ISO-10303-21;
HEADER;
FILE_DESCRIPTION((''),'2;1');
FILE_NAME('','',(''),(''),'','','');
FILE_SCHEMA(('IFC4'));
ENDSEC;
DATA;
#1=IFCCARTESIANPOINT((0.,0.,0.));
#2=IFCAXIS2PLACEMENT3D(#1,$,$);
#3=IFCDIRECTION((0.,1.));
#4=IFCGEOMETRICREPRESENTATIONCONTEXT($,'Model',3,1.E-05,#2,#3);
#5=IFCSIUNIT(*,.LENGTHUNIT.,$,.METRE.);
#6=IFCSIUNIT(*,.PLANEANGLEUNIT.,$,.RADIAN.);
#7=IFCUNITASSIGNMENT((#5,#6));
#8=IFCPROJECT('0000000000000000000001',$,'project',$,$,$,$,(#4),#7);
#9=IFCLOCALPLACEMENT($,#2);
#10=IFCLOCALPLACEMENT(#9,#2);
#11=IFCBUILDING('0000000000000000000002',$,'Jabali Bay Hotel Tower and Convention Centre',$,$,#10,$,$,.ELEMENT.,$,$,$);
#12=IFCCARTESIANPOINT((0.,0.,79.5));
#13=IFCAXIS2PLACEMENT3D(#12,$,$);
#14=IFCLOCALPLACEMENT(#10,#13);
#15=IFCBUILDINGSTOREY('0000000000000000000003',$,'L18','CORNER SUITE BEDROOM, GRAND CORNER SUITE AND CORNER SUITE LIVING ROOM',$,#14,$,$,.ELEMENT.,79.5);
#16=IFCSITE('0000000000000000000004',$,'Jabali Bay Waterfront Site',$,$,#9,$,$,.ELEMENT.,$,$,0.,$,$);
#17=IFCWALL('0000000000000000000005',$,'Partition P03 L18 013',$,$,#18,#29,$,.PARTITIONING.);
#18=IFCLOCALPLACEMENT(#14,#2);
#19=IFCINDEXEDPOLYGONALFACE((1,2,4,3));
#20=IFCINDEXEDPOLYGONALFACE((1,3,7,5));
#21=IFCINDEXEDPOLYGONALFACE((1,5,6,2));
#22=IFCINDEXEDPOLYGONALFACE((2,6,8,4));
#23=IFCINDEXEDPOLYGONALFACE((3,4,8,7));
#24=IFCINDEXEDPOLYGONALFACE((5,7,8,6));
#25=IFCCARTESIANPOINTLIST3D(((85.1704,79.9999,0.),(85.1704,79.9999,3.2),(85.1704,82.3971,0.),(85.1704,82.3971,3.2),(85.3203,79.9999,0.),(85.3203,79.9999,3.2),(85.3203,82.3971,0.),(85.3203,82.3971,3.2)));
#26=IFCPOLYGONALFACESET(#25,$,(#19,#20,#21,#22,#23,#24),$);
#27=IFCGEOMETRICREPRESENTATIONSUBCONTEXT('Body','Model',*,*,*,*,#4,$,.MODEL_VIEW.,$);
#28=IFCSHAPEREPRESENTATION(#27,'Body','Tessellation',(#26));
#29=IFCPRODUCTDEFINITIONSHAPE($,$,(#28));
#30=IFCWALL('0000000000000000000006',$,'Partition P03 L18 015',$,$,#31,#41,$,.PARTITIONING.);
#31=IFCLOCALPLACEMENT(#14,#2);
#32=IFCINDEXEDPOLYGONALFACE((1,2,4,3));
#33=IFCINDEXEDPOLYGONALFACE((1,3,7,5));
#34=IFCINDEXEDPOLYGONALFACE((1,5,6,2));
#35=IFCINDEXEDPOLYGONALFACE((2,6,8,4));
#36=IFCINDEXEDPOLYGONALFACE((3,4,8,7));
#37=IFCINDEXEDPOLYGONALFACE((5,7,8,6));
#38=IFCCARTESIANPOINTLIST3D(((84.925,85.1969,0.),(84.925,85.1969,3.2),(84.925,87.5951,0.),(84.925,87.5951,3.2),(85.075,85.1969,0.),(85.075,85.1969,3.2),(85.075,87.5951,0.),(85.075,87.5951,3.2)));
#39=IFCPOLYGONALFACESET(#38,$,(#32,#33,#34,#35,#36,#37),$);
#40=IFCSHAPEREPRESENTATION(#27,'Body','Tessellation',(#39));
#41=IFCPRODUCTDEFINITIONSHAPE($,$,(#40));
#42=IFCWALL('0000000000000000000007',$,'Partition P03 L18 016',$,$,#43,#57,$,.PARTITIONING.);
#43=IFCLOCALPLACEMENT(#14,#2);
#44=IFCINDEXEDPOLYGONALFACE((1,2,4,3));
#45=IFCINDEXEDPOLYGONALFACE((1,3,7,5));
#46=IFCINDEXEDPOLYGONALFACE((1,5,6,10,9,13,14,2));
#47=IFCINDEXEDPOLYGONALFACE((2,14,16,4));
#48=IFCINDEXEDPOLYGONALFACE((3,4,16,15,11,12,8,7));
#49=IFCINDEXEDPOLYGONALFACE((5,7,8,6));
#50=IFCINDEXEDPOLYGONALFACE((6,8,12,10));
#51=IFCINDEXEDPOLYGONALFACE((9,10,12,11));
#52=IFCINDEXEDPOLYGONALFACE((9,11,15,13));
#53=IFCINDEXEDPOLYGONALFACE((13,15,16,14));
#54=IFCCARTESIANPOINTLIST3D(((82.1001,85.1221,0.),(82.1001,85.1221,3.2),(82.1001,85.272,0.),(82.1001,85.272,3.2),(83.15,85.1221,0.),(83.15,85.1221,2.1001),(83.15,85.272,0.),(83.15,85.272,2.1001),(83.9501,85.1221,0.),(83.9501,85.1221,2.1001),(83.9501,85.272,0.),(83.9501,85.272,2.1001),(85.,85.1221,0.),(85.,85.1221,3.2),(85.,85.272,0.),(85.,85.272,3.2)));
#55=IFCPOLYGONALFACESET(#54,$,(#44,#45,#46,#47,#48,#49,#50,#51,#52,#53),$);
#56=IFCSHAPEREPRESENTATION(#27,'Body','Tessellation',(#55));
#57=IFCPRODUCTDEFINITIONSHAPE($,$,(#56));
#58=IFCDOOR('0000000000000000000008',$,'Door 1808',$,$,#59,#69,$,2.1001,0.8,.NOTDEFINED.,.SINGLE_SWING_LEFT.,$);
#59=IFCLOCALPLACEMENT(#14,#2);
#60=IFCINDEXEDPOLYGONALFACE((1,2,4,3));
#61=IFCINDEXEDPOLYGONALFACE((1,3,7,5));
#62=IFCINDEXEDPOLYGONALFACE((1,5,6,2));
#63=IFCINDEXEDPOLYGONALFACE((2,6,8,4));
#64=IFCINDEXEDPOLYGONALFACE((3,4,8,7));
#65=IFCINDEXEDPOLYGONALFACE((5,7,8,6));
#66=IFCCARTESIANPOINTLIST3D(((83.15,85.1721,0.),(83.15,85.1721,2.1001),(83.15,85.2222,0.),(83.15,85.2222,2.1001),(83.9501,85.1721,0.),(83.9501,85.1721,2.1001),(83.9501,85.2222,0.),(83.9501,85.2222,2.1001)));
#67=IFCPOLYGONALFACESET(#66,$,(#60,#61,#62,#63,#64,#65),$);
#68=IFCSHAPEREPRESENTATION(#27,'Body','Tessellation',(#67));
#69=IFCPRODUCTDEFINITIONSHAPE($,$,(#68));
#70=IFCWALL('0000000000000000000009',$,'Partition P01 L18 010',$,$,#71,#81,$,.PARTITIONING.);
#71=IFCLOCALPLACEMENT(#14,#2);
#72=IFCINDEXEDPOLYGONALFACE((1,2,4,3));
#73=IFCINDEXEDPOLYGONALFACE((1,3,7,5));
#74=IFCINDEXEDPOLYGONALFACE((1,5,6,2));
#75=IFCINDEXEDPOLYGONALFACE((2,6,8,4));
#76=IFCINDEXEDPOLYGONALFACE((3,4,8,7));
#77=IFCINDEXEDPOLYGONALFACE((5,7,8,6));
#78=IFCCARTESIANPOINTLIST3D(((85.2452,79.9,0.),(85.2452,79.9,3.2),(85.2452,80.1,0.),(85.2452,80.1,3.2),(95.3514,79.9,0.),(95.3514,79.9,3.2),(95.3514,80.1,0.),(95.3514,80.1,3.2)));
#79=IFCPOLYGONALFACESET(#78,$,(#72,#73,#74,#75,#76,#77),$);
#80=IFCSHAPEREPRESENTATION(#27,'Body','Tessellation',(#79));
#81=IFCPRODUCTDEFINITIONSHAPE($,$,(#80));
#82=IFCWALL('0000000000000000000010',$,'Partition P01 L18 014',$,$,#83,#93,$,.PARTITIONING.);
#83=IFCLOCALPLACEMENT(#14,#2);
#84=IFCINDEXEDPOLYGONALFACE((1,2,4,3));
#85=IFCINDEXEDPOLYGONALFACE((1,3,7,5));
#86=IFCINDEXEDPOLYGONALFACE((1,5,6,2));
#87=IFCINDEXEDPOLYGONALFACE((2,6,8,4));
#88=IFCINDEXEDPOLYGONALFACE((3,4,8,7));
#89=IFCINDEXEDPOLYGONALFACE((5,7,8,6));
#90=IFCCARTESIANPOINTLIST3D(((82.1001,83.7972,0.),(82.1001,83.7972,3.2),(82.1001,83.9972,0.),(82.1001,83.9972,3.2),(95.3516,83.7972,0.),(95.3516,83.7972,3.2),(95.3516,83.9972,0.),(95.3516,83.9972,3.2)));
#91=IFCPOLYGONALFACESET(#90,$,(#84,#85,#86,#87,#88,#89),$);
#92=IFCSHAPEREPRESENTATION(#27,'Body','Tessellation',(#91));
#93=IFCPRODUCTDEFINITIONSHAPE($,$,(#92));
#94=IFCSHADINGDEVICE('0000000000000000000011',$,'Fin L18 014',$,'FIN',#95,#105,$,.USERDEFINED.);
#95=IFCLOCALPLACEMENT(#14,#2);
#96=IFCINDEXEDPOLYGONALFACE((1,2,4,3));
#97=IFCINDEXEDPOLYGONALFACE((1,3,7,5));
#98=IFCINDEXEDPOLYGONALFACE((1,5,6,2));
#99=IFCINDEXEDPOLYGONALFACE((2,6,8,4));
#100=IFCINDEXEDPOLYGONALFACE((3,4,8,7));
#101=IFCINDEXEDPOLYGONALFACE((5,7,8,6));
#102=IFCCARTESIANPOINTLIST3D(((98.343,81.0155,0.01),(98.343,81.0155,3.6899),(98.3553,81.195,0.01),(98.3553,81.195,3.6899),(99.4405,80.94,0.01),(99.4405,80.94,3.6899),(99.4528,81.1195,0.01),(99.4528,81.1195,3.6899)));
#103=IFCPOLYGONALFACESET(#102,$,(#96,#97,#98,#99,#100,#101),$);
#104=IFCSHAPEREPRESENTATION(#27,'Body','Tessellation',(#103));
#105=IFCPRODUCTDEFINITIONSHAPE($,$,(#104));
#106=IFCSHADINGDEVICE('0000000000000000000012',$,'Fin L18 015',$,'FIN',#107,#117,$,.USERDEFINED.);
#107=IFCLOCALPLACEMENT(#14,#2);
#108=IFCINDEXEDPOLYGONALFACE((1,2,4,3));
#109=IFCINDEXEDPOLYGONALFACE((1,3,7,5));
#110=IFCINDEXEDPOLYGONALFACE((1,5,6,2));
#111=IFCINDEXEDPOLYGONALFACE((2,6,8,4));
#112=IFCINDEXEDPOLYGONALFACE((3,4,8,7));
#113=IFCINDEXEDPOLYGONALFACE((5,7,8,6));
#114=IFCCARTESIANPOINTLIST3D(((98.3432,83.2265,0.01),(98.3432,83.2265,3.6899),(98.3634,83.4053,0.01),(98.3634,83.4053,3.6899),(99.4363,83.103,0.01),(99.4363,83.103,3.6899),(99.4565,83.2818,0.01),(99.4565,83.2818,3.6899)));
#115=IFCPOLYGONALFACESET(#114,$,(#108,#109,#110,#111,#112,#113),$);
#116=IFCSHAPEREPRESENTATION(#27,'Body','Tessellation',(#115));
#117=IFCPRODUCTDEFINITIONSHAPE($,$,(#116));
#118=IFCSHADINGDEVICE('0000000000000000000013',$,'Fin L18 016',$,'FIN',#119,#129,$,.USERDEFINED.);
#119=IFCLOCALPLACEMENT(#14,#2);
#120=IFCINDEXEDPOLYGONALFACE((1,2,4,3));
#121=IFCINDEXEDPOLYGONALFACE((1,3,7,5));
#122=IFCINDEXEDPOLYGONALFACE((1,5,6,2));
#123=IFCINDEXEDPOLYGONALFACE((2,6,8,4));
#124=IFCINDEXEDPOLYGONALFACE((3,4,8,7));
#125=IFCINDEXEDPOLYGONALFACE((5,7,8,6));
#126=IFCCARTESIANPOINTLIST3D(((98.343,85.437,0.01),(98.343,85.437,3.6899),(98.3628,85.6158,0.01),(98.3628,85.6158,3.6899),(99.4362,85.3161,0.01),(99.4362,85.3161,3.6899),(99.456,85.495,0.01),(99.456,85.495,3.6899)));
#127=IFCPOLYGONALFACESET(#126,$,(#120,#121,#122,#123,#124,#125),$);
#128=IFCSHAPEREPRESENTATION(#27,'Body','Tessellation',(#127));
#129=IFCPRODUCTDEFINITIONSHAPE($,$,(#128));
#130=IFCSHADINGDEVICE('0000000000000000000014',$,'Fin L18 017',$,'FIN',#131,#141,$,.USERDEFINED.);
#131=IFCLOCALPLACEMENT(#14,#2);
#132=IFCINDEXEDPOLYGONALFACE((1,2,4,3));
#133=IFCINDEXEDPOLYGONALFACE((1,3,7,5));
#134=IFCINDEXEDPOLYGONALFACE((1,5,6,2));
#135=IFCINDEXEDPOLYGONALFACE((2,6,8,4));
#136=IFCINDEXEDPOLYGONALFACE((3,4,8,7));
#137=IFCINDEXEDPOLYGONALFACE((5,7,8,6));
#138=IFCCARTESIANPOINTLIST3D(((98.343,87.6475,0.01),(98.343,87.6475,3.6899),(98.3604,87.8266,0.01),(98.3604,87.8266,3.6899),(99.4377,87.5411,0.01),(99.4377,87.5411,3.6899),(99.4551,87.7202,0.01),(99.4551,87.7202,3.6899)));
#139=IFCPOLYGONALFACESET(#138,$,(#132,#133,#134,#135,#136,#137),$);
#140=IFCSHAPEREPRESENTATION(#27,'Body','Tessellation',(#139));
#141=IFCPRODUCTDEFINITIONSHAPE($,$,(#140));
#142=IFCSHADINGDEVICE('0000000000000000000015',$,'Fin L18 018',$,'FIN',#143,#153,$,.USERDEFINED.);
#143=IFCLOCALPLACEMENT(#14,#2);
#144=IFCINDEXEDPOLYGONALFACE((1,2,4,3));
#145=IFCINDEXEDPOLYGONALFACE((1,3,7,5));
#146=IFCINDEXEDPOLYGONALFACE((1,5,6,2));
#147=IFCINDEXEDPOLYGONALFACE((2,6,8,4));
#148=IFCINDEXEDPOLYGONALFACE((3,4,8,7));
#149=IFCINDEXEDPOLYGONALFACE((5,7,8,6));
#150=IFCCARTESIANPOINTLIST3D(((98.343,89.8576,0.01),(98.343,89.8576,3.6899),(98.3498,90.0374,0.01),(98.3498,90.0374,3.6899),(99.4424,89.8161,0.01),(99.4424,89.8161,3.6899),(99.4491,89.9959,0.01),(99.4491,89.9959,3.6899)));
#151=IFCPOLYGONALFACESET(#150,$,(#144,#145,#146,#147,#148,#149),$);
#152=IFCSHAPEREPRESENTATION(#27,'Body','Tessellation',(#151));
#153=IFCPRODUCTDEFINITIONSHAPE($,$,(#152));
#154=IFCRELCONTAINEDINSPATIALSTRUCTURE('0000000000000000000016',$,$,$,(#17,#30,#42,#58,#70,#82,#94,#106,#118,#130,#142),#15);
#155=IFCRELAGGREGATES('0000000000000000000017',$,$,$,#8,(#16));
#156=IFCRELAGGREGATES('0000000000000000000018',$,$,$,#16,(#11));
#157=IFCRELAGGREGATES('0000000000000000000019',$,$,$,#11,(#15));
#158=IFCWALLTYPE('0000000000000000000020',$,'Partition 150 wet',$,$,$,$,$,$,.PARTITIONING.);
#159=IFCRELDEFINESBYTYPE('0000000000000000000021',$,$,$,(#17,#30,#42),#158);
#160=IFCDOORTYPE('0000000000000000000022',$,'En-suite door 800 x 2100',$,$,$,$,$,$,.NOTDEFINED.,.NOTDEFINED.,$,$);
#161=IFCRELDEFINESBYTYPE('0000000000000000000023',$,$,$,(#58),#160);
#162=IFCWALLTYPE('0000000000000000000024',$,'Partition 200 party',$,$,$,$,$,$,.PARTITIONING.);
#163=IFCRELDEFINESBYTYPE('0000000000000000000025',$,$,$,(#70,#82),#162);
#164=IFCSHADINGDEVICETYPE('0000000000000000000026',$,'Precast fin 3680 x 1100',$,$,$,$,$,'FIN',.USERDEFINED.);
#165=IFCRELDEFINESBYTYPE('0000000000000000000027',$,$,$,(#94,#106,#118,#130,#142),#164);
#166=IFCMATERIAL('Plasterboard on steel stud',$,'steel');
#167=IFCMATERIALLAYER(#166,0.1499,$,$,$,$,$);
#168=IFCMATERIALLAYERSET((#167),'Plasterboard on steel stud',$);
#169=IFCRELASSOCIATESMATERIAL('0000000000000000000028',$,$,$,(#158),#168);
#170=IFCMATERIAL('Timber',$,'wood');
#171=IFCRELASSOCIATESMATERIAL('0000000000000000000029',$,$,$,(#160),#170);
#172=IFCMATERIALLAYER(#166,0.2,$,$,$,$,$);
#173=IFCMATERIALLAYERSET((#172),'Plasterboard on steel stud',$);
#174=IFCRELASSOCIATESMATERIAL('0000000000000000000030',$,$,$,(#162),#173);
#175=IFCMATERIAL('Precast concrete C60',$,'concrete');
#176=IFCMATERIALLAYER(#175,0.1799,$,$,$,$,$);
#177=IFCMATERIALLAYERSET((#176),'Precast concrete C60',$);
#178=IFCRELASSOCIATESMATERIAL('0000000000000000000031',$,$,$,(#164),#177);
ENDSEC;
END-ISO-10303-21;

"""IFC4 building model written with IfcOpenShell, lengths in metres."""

from ifc_helpers import new_model, si_unit, direction, frame, frame_2d, origin, place, context, subcontext, project, spatial, rectangle, extrude, material, layer, layer_set, type_object, element, fill, save


model = new_model("IFC4")

# Units and contexts
model_context = context("Model", 3, precision=1e-05, world=origin(), true_north=direction((0.0, 1.0)))
body_context = subcontext(model_context, "Body", "Model", "MODEL_VIEW")
ifc_project = project(units=[si_unit("LENGTHUNIT", "METRE"), si_unit("PLANEANGLEUNIT", "RADIAN")], contexts=[model_context])

# Site, building, storey
site_placement = place(None, origin())
site = spatial("IfcSite", under=ifc_project, at=site_placement, Name="Jabali Bay Waterfront Site", CompositionType="ELEMENT", RefElevation=0.0)
building_placement = place(site_placement, origin())
building = spatial("IfcBuilding", under=site, at=building_placement, Name="Jabali Bay Hotel Tower and Convention Centre", CompositionType="ELEMENT")
storey_placement = place(building_placement, frame((0.0, 0.0, 79.5)))
storey = spatial("IfcBuildingStorey", under=building, at=storey_placement, Name="L18", Description="CORNER SUITE BEDROOM, GRAND CORNER SUITE AND CORNER SUITE LIVING ROOM", CompositionType="ELEMENT", Elevation=79.5)

# Shared definitions
ifc_material_1 = material(Name="Plasterboard on steel stud", Category="steel")
ifc_layer_1 = layer(ifc_material_1, 0.1499)
ifc_layer_set_1 = layer_set([ifc_layer_1], Name="Plasterboard on steel stud")
wall_type_1 = type_object("IfcWallType", Name="Partition 150 wet", PredefinedType="PARTITIONING", material=ifc_layer_set_1)

# Shared definitions
ifc_material_2 = material(Name="Timber", Category="wood")
door_type_1 = type_object("IfcDoorType", Name="En-suite door 800 x 2100", OperationType="NOTDEFINED", PredefinedType="NOTDEFINED", material=ifc_material_2)

# Walls
wall_1_placement = place(storey_placement, frame((85.2454, 82.3972, 0.0), z_axis=(0.0, 0.0, 1.0), x_axis=(0.0, -1.0, 0.0)))
element("IfcWall", 1, at=wall_1_placement, inside=storey, type_object=wall_type_1, Name="Partition P03 L18 013", PredefinedType="PARTITIONING", context=body_context, shape_type="SweptSolid", body=[
    extrude(rectangle(XDim=2.3972, YDim=0.1499, at=frame_2d((1.1987, 0.0))), origin(), (0.0, 0.0, 1.0), 3.2),
])
wall_2_placement = place(storey_placement, frame((85.0, 87.5952, 0.0), z_axis=(0.0, 0.0, 1.0), x_axis=(0.0, -1.0, 0.0)))
element("IfcWall", 2, at=wall_2_placement, inside=storey, type_object=wall_type_1, Name="Partition P03 L18 015", PredefinedType="PARTITIONING", context=body_context, shape_type="SweptSolid", body=[
    extrude(rectangle(XDim=2.3982, YDim=0.1499, at=frame_2d((1.1992, 0.0))), origin(), (0.0, 0.0, 1.0), 3.2),
])

# Wall, opening, door
wall_3_placement = place(storey_placement, frame((85.0, 85.197, 0.0), z_axis=(0.0, 0.0, 1.0), x_axis=(-1.0, 0.0, 0.0)))
wall_3 = element("IfcWall", 3, at=wall_3_placement, inside=storey, type_object=wall_type_1, Name="Partition P03 L18 016", PredefinedType="PARTITIONING", context=body_context, shape_type="SweptSolid", body=[
    extrude(rectangle(XDim=2.8999, YDim=0.1499, at=frame_2d((1.45, 0.0))), origin(), (0.0, 0.0, 1.0), 3.2),
])
opening_1_placement = place(wall_3_placement, frame((1.05, 0.0, 0.0)))
opening_1 = element("IfcOpeningElement", 4, at=opening_1_placement, cuts=wall_3, PredefinedType="OPENING", context=body_context, shape_type="SweptSolid", body=[
    extrude(rectangle(XDim=0.8, YDim=2.1001, at=frame_2d((0.3999, 1.05))), frame((0.0, 0.0854, 0.0), z_axis=(0.0, -1.0, 0.0), x_axis=(1.0, 0.0, 0.0)), (0.0, 0.0, 1.0), 0.1709),
])
door_1_placement = place(opening_1_placement, origin())
door_1 = element("IfcDoor", 5, at=door_1_placement, inside=storey, type_object=door_type_1, Name="Door 1808", OperationType="SINGLE_SWING_LEFT", OverallHeight=2.1001, OverallWidth=0.8, PredefinedType="NOTDEFINED", context=body_context, shape_type="SweptSolid", body=[
    extrude(rectangle(XDim=0.8, YDim=2.1001, at=frame_2d((0.3999, 1.05))), frame((0.0, 0.0249, 0.0), z_axis=(0.0, -1.0, 0.0), x_axis=(1.0, 0.0, 0.0)), (0.0, 0.0, 1.0), 0.05),
])
fill(opening_1, door_1)

# Walls
ifc_layer_2 = layer(ifc_material_1, 0.2)
ifc_layer_set_2 = layer_set([ifc_layer_2], Name="Plasterboard on steel stud")
wall_type_2 = type_object("IfcWallType", Name="Partition 200 party", PredefinedType="PARTITIONING", material=ifc_layer_set_2)
wall_4_placement = place(storey_placement, frame((95.3516, 80.0, 0.0), z_axis=(0.0, 0.0, 1.0), x_axis=(-1.0, 0.0, 0.0)))
element("IfcWall", 6, at=wall_4_placement, inside=storey, type_object=wall_type_2, Name="Partition P01 L18 010", PredefinedType="PARTITIONING", context=body_context, shape_type="SweptSolid", body=[
    extrude(rectangle(XDim=10.1062, YDim=0.2, at=frame_2d((5.0532, 0.0))), origin(), (0.0, 0.0, 1.0), 3.2),
])
wall_5_placement = place(storey_placement, frame((95.3516, 83.8972, 0.0), z_axis=(0.0, 0.0, 1.0), x_axis=(-1.0, 0.0, 0.0)))
element("IfcWall", 7, at=wall_5_placement, inside=storey, type_object=wall_type_2, Name="Partition P01 L18 014", PredefinedType="PARTITIONING", context=body_context, shape_type="SweptSolid", body=[
    extrude(rectangle(XDim=13.2515, YDim=0.2, at=frame_2d((6.6257, 0.0))), origin(), (0.0, 0.0, 1.0), 3.2),
])

# Shading devices
ifc_material_3 = material(Name="Precast concrete C60", Category="concrete")
ifc_layer_3 = layer(ifc_material_3, 0.1799)
ifc_layer_set_3 = layer_set([ifc_layer_3], Name="Precast concrete C60")
shading_device_type = type_object("IfcShadingDeviceType", Name="Precast fin 3680 x 1100", ElementType="FIN", PredefinedType="USERDEFINED", material=ifc_layer_set_3)
for number, where, z_axis, x_axis, name in (
    (8, (98.3491, 81.1052, 0.01), (0.0, 0.0, 1.0), (0.997646, -0.068581, 0.0), "Fin L18 014"),
    (9, (98.3533, 83.3159, 0.01), (0.0, 0.0, 1.0), (0.993674, -0.112307, 0.0), "Fin L18 015"),
):
    element("IfcShadingDevice", number, at=place(storey_placement, frame(where, z_axis=z_axis, x_axis=x_axis)), inside=storey, type_object=shading_device_type, Name=name, ObjectType="FIN", PredefinedType="USERDEFINED", context=body_context, shape_type="SweptSolid", body=[
        extrude(rectangle(XDim=1.1001, YDim=0.1799, at=frame_2d((0.55, 0.0))), origin(), (0.0, 0.0, 1.0), 3.6799),
    ])
for number, where, z_axis, x_axis, name in (
    (10, (98.353, 85.5264, 0.01), (0.0, 0.0, 1.0), (0.993946, -0.109871, 0.0), "Fin L18 016"),
    (11, (98.3518, 87.7371, 0.01), (0.0, 0.0, 1.0), (0.995306, -0.096778, 0.0), "Fin L18 017"),
):
    element("IfcShadingDevice", number, at=place(storey_placement, frame(where, z_axis=z_axis, x_axis=x_axis)), inside=storey, type_object=shading_device_type, Name=name, ObjectType="FIN", PredefinedType="USERDEFINED", context=body_context, shape_type="SweptSolid", body=[
        extrude(rectangle(XDim=1.0999, YDim=0.1799, at=frame_2d((0.5498, 0.0))), origin(), (0.0, 0.0, 1.0), 3.6799),
    ])
shading_device_placement = place(storey_placement, frame((98.3464, 89.9475, 0.01), z_axis=(0.0, 0.0, 1.0), x_axis=(0.999288, -0.037726, 0.0)))
element("IfcShadingDevice", 12, at=shading_device_placement, inside=storey, type_object=shading_device_type, Name="Fin L18 018", ObjectType="FIN", PredefinedType="USERDEFINED", context=body_context, shape_type="SweptSolid", body=[
    extrude(rectangle(XDim=1.1001, YDim=0.1799, at=frame_2d((0.55, 0.0))), origin(), (0.0, 0.0, 1.0), 3.6799),
])

save(model, "model.ifc")
